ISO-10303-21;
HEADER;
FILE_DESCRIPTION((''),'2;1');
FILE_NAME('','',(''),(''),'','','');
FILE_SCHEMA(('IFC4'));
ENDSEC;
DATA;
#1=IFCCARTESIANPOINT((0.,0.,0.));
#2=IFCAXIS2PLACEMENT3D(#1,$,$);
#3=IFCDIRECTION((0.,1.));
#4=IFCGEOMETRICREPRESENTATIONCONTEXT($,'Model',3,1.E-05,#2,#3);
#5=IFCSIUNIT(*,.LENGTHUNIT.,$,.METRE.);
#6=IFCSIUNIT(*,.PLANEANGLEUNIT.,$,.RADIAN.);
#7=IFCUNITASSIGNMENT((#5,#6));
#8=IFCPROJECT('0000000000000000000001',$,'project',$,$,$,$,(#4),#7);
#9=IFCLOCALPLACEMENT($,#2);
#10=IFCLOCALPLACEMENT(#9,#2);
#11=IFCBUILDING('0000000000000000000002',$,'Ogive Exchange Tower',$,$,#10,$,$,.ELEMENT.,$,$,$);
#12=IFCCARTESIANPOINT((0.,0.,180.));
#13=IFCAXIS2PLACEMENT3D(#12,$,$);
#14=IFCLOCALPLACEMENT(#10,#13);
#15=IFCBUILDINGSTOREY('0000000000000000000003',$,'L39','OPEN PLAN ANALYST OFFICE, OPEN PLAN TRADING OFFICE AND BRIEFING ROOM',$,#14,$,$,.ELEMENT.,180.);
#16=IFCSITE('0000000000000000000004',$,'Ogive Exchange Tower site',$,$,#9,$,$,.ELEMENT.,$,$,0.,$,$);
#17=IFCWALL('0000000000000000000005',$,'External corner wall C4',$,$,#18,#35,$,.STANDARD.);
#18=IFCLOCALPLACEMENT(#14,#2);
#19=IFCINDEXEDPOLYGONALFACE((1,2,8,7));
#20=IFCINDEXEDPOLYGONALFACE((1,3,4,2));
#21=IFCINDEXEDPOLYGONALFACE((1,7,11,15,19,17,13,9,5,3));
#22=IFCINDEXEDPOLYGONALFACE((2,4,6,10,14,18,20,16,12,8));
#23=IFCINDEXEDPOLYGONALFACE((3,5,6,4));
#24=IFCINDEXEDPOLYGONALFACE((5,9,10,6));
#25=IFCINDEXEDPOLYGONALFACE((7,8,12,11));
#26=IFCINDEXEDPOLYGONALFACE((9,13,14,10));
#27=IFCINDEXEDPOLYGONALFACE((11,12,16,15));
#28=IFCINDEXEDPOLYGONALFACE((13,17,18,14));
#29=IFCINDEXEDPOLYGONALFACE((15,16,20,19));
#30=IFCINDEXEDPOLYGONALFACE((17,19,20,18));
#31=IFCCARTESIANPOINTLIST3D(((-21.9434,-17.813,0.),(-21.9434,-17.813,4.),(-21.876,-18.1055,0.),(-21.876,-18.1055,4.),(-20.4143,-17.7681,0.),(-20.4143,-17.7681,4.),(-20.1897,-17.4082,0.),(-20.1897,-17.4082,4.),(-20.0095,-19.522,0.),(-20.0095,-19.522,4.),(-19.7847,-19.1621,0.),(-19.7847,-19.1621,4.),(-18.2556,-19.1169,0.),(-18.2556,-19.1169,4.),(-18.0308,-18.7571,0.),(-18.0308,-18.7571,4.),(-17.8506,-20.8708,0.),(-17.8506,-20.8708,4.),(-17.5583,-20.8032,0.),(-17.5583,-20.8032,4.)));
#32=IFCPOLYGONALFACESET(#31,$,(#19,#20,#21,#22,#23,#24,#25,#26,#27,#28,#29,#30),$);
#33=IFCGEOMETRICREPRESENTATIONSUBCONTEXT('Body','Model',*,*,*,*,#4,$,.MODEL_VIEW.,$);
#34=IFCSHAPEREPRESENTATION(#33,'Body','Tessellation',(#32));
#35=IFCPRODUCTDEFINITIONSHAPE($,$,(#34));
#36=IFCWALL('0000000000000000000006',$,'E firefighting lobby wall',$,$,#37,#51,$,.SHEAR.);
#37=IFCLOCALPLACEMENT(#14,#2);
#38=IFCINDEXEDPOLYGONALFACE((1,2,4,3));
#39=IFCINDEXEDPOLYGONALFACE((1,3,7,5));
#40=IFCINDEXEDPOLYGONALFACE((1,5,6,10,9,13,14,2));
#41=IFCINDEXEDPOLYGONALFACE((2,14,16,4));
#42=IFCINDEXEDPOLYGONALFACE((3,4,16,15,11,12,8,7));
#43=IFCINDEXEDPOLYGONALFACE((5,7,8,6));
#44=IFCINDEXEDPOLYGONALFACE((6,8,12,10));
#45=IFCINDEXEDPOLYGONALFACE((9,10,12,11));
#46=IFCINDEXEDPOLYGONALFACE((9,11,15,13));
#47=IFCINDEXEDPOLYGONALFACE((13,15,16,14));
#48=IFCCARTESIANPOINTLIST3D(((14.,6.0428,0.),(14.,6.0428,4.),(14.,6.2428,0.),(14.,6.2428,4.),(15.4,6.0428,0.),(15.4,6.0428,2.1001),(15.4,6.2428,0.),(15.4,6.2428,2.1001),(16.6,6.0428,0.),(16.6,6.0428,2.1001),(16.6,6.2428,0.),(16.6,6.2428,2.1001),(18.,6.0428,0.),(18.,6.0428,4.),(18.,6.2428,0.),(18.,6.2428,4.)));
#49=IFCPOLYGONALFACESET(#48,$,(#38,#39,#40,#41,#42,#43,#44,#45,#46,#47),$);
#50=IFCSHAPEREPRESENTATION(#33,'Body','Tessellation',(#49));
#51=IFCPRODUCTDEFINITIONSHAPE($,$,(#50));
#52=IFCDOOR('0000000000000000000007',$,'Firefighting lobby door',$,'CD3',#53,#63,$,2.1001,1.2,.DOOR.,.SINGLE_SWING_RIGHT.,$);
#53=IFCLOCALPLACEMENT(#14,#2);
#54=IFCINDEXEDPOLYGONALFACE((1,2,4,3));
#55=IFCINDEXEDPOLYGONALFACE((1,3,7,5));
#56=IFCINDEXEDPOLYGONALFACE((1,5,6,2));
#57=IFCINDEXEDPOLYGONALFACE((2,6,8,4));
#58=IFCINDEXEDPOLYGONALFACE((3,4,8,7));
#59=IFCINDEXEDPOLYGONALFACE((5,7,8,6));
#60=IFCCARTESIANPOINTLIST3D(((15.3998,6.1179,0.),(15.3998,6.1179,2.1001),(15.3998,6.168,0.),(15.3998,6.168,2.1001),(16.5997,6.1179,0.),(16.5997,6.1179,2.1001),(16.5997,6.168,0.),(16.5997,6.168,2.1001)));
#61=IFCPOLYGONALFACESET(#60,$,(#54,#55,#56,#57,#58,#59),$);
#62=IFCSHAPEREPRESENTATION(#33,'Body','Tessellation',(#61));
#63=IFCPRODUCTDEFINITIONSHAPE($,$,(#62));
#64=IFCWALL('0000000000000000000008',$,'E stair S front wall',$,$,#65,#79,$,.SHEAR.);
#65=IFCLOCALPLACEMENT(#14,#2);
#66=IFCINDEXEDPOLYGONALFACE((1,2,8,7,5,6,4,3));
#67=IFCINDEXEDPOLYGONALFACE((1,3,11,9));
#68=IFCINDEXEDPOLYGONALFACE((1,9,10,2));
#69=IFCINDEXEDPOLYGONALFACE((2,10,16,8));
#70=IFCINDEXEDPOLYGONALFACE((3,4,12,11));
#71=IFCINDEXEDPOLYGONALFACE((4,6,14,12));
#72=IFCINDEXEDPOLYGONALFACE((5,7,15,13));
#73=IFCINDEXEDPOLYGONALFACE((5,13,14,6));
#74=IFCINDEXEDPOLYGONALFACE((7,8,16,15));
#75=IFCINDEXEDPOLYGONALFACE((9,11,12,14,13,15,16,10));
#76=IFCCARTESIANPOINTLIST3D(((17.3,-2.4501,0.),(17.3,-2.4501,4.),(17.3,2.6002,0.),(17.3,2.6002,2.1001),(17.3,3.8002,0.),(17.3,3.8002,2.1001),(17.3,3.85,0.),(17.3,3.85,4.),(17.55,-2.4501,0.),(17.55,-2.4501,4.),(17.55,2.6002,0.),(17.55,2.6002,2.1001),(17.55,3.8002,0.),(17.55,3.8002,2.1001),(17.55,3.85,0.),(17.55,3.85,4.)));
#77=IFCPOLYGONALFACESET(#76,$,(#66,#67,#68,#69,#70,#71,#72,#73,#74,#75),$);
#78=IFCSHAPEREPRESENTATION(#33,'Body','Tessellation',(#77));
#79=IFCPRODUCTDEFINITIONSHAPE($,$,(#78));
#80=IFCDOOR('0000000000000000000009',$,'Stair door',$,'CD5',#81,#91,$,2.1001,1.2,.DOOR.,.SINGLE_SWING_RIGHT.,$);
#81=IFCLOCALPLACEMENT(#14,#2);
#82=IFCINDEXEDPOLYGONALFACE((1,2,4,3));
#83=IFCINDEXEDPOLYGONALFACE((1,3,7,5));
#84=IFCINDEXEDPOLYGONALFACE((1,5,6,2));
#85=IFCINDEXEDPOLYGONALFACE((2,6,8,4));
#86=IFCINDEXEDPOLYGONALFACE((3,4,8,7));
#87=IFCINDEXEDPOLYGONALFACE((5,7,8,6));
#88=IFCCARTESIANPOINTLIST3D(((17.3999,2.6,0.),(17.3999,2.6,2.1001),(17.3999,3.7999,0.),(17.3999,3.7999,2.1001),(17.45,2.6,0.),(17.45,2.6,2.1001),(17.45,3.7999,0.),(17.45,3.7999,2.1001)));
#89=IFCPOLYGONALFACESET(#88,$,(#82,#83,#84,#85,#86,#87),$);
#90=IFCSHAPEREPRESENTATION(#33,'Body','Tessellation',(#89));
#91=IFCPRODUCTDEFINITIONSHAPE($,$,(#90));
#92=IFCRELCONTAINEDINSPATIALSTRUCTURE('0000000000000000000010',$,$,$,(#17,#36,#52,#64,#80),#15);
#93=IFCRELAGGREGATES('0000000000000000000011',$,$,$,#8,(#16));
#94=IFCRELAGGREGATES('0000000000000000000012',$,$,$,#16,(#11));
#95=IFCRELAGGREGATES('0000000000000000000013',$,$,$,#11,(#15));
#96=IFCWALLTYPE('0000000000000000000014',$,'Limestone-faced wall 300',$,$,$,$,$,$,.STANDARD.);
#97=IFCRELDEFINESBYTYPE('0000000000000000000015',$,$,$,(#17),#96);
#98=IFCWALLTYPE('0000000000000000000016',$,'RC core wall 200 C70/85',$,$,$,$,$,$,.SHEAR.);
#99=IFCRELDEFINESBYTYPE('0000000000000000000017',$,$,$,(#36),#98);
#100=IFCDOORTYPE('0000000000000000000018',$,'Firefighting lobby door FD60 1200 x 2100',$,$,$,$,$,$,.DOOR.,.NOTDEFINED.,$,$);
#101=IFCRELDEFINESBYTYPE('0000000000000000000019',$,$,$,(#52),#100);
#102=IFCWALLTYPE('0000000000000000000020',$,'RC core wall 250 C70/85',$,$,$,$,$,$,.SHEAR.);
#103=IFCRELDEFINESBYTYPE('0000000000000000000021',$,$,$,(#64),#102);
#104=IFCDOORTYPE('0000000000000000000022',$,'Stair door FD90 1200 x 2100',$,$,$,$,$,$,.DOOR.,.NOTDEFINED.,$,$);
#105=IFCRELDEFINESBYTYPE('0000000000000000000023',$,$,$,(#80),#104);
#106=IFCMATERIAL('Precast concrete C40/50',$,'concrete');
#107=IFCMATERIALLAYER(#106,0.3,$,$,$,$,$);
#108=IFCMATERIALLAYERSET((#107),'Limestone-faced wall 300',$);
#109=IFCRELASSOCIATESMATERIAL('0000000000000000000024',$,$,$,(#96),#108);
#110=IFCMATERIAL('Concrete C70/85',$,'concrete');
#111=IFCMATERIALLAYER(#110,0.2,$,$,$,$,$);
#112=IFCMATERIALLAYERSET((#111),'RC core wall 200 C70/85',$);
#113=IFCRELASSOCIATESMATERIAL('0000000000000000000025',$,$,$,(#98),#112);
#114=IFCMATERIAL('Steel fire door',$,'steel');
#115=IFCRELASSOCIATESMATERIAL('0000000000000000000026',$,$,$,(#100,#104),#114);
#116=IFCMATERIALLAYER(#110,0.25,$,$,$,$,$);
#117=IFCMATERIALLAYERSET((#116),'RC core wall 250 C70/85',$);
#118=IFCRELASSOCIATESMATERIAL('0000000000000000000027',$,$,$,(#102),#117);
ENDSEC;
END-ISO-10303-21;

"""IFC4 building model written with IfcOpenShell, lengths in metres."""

from ifc_helpers import new_model, si_unit, direction, frame, frame_2d, origin, place, context, subcontext, project, spatial, polyline, rectangle, outline, extrude, material, layer, layer_set, type_object, element, fill, save


model = new_model("IFC4")

# Units and contexts
model_context = context("Model", 3, precision=1e-05, world=origin(), true_north=direction((0.0, 1.0)))
body_context = subcontext(model_context, "Body", "Model", "MODEL_VIEW")
ifc_project = project(units=[si_unit("LENGTHUNIT", "METRE"), si_unit("PLANEANGLEUNIT", "RADIAN")], contexts=[model_context])

# Site, building, storey
site_placement = place(None, origin())
site = spatial("IfcSite", under=ifc_project, at=site_placement, Name="Ogive Exchange Tower site", CompositionType="ELEMENT", RefElevation=0.0)
building_placement = place(site_placement, origin())
building = spatial("IfcBuilding", under=site, at=building_placement, Name="Ogive Exchange Tower", CompositionType="ELEMENT")
storey_placement = place(building_placement, frame((0.0, 0.0, 180.0)))
storey = spatial("IfcBuildingStorey", under=building, at=storey_placement, Name="L39", Description="OPEN PLAN ANALYST OFFICE, OPEN PLAN TRADING OFFICE AND BRIEFING ROOM", CompositionType="ELEMENT", Elevation=180.0)

# Shared definitions
ifc_material_1 = material(Name="Concrete C70/85", Category="concrete")

# Wall
ifc_material_2 = material(Name="Precast concrete C40/50", Category="concrete")
ifc_layer_1 = layer(ifc_material_2, 0.3)
ifc_layer_set_1 = layer_set([ifc_layer_1], Name="Limestone-faced wall 300")
wall_type_1 = type_object("IfcWallType", Name="Limestone-faced wall 300", PredefinedType="STANDARD", material=ifc_layer_set_1)
wall_1_placement = place(storey_placement, origin())
element("IfcWall", 1, at=wall_1_placement, inside=storey, type_object=wall_type_1, Name="External corner wall C4", PredefinedType="STANDARD", context=body_context, shape_type="SweptSolid", body=[
    extrude(outline(polyline([(-18.2556, -19.1169), (-20.0095, -19.522), (-20.4143, -17.7681), (-21.876, -18.1055), (-21.9434, -17.813), (-20.1897, -17.4082), (-19.7847, -19.1621), (-18.0308, -18.7571), (-17.5583, -20.8032), (-17.8506, -20.8708), (-18.2556, -19.1169)])), origin(), (0.0, 0.0, 1.0), 4.0),
])

# Walls, openings, doors
ifc_layer_2 = layer(ifc_material_1, 0.2)
ifc_layer_set_2 = layer_set([ifc_layer_2], Name="RC core wall 200 C70/85")
wall_type_2 = type_object("IfcWallType", Name="RC core wall 200 C70/85", PredefinedType="SHEAR", material=ifc_layer_set_2)
wall_2_placement = place(storey_placement, frame((14.0, 6.1428, 0.0), z_axis=(0.0, 0.0, 1.0), x_axis=(1.0, 0.0, 0.0)))
wall_2 = element("IfcWall", 2, at=wall_2_placement, inside=storey, type_object=wall_type_2, Name="E firefighting lobby wall", PredefinedType="SHEAR", context=body_context, shape_type="SweptSolid", body=[
    extrude(rectangle(XDim=4.0, YDim=0.2, at=frame_2d((2.0, 0.0))), origin(), (0.0, 0.0, 1.0), 4.0),
])
opening_1_placement = place(wall_2_placement, frame((1.3999, 0.0, 0.0)))
opening_1 = element("IfcOpeningElement", 3, at=opening_1_placement, cuts=wall_2, PredefinedType="OPENING", context=body_context, shape_type="SweptSolid", body=[
    extrude(rectangle(XDim=1.2, YDim=2.1001, at=frame_2d((0.6001, 1.05))), frame((0.0, 0.1099, 0.0), z_axis=(0.0, -1.0, 0.0), x_axis=(1.0, 0.0, 0.0)), (0.0, 0.0, 1.0), 0.22),
])
ifc_material_3 = material(Name="Steel fire door", Category="steel")
door_type_1 = type_object("IfcDoorType", Name="Firefighting lobby door FD60 1200 x 2100", OperationType="NOTDEFINED", PredefinedType="DOOR", material=ifc_material_3)
door_1_placement = place(opening_1_placement, frame((1.2, 0.0, 0.0), z_axis=(0.0, 0.0, 1.0), x_axis=(-1.0, 0.0, 0.0)))
door_1 = element("IfcDoor", 4, at=door_1_placement, inside=storey, type_object=door_type_1, Name="Firefighting lobby door", ObjectType="CD3", OperationType="SINGLE_SWING_RIGHT", OverallHeight=2.1001, OverallWidth=1.2, PredefinedType="DOOR", context=body_context, shape_type="SweptSolid", body=[
    extrude(rectangle(XDim=1.2, YDim=2.1001, at=frame_2d((0.6001, 1.05))), frame((0.0, 0.0249, 0.0), z_axis=(0.0, -1.0, 0.0), x_axis=(1.0, 0.0, 0.0)), (0.0, 0.0, 1.0), 0.05),
])
fill(opening_1, door_1)
ifc_layer_3 = layer(ifc_material_1, 0.25)
ifc_layer_set_3 = layer_set([ifc_layer_3], Name="RC core wall 250 C70/85")
wall_type_3 = type_object("IfcWallType", Name="RC core wall 250 C70/85", PredefinedType="SHEAR", material=ifc_layer_set_3)
wall_3_placement = place(storey_placement, frame((17.425, -2.45, 0.0), z_axis=(0.0, 0.0, 1.0), x_axis=(0.0, 1.0, 0.0)))
wall_3 = element("IfcWall", 5, at=wall_3_placement, inside=storey, type_object=wall_type_3, Name="E stair S front wall", PredefinedType="SHEAR", context=body_context, shape_type="SweptSolid", body=[
    extrude(rectangle(XDim=6.3, YDim=0.25, at=frame_2d((3.1499, 0.0))), origin(), (0.0, 0.0, 1.0), 4.0),
])
opening_2_placement = place(wall_3_placement, frame((5.05, 0.0, 0.0)))
opening_2 = element("IfcOpeningElement", 6, at=opening_2_placement, cuts=wall_3, PredefinedType="OPENING", context=body_context, shape_type="SweptSolid", body=[
    extrude(rectangle(XDim=1.2, YDim=2.1001, at=frame_2d((0.6001, 1.05))), frame((0.0, 0.135, 0.0), z_axis=(0.0, -1.0, 0.0), x_axis=(1.0, 0.0, 0.0)), (0.0, 0.0, 1.0), 0.27),
])
door_type_2 = type_object("IfcDoorType", Name="Stair door FD90 1200 x 2100", OperationType="NOTDEFINED", PredefinedType="DOOR", material=ifc_material_3)
door_2_placement = place(opening_2_placement, frame((1.2, 0.0, 0.0), z_axis=(0.0, 0.0, 1.0), x_axis=(-1.0, 0.0, 0.0)))
door_2 = element("IfcDoor", 7, at=door_2_placement, inside=storey, type_object=door_type_2, Name="Stair door", ObjectType="CD5", OperationType="SINGLE_SWING_RIGHT", OverallHeight=2.1001, OverallWidth=1.2, PredefinedType="DOOR", context=body_context, shape_type="SweptSolid", body=[
    extrude(rectangle(XDim=1.2, YDim=2.1001, at=frame_2d((0.6001, 1.05))), frame((0.0, 0.0249, 0.0), z_axis=(0.0, -1.0, 0.0), x_axis=(1.0, 0.0, 0.0)), (0.0, 0.0, 1.0), 0.05),
])
fill(opening_2, door_2)

save(model, "model.ifc")
